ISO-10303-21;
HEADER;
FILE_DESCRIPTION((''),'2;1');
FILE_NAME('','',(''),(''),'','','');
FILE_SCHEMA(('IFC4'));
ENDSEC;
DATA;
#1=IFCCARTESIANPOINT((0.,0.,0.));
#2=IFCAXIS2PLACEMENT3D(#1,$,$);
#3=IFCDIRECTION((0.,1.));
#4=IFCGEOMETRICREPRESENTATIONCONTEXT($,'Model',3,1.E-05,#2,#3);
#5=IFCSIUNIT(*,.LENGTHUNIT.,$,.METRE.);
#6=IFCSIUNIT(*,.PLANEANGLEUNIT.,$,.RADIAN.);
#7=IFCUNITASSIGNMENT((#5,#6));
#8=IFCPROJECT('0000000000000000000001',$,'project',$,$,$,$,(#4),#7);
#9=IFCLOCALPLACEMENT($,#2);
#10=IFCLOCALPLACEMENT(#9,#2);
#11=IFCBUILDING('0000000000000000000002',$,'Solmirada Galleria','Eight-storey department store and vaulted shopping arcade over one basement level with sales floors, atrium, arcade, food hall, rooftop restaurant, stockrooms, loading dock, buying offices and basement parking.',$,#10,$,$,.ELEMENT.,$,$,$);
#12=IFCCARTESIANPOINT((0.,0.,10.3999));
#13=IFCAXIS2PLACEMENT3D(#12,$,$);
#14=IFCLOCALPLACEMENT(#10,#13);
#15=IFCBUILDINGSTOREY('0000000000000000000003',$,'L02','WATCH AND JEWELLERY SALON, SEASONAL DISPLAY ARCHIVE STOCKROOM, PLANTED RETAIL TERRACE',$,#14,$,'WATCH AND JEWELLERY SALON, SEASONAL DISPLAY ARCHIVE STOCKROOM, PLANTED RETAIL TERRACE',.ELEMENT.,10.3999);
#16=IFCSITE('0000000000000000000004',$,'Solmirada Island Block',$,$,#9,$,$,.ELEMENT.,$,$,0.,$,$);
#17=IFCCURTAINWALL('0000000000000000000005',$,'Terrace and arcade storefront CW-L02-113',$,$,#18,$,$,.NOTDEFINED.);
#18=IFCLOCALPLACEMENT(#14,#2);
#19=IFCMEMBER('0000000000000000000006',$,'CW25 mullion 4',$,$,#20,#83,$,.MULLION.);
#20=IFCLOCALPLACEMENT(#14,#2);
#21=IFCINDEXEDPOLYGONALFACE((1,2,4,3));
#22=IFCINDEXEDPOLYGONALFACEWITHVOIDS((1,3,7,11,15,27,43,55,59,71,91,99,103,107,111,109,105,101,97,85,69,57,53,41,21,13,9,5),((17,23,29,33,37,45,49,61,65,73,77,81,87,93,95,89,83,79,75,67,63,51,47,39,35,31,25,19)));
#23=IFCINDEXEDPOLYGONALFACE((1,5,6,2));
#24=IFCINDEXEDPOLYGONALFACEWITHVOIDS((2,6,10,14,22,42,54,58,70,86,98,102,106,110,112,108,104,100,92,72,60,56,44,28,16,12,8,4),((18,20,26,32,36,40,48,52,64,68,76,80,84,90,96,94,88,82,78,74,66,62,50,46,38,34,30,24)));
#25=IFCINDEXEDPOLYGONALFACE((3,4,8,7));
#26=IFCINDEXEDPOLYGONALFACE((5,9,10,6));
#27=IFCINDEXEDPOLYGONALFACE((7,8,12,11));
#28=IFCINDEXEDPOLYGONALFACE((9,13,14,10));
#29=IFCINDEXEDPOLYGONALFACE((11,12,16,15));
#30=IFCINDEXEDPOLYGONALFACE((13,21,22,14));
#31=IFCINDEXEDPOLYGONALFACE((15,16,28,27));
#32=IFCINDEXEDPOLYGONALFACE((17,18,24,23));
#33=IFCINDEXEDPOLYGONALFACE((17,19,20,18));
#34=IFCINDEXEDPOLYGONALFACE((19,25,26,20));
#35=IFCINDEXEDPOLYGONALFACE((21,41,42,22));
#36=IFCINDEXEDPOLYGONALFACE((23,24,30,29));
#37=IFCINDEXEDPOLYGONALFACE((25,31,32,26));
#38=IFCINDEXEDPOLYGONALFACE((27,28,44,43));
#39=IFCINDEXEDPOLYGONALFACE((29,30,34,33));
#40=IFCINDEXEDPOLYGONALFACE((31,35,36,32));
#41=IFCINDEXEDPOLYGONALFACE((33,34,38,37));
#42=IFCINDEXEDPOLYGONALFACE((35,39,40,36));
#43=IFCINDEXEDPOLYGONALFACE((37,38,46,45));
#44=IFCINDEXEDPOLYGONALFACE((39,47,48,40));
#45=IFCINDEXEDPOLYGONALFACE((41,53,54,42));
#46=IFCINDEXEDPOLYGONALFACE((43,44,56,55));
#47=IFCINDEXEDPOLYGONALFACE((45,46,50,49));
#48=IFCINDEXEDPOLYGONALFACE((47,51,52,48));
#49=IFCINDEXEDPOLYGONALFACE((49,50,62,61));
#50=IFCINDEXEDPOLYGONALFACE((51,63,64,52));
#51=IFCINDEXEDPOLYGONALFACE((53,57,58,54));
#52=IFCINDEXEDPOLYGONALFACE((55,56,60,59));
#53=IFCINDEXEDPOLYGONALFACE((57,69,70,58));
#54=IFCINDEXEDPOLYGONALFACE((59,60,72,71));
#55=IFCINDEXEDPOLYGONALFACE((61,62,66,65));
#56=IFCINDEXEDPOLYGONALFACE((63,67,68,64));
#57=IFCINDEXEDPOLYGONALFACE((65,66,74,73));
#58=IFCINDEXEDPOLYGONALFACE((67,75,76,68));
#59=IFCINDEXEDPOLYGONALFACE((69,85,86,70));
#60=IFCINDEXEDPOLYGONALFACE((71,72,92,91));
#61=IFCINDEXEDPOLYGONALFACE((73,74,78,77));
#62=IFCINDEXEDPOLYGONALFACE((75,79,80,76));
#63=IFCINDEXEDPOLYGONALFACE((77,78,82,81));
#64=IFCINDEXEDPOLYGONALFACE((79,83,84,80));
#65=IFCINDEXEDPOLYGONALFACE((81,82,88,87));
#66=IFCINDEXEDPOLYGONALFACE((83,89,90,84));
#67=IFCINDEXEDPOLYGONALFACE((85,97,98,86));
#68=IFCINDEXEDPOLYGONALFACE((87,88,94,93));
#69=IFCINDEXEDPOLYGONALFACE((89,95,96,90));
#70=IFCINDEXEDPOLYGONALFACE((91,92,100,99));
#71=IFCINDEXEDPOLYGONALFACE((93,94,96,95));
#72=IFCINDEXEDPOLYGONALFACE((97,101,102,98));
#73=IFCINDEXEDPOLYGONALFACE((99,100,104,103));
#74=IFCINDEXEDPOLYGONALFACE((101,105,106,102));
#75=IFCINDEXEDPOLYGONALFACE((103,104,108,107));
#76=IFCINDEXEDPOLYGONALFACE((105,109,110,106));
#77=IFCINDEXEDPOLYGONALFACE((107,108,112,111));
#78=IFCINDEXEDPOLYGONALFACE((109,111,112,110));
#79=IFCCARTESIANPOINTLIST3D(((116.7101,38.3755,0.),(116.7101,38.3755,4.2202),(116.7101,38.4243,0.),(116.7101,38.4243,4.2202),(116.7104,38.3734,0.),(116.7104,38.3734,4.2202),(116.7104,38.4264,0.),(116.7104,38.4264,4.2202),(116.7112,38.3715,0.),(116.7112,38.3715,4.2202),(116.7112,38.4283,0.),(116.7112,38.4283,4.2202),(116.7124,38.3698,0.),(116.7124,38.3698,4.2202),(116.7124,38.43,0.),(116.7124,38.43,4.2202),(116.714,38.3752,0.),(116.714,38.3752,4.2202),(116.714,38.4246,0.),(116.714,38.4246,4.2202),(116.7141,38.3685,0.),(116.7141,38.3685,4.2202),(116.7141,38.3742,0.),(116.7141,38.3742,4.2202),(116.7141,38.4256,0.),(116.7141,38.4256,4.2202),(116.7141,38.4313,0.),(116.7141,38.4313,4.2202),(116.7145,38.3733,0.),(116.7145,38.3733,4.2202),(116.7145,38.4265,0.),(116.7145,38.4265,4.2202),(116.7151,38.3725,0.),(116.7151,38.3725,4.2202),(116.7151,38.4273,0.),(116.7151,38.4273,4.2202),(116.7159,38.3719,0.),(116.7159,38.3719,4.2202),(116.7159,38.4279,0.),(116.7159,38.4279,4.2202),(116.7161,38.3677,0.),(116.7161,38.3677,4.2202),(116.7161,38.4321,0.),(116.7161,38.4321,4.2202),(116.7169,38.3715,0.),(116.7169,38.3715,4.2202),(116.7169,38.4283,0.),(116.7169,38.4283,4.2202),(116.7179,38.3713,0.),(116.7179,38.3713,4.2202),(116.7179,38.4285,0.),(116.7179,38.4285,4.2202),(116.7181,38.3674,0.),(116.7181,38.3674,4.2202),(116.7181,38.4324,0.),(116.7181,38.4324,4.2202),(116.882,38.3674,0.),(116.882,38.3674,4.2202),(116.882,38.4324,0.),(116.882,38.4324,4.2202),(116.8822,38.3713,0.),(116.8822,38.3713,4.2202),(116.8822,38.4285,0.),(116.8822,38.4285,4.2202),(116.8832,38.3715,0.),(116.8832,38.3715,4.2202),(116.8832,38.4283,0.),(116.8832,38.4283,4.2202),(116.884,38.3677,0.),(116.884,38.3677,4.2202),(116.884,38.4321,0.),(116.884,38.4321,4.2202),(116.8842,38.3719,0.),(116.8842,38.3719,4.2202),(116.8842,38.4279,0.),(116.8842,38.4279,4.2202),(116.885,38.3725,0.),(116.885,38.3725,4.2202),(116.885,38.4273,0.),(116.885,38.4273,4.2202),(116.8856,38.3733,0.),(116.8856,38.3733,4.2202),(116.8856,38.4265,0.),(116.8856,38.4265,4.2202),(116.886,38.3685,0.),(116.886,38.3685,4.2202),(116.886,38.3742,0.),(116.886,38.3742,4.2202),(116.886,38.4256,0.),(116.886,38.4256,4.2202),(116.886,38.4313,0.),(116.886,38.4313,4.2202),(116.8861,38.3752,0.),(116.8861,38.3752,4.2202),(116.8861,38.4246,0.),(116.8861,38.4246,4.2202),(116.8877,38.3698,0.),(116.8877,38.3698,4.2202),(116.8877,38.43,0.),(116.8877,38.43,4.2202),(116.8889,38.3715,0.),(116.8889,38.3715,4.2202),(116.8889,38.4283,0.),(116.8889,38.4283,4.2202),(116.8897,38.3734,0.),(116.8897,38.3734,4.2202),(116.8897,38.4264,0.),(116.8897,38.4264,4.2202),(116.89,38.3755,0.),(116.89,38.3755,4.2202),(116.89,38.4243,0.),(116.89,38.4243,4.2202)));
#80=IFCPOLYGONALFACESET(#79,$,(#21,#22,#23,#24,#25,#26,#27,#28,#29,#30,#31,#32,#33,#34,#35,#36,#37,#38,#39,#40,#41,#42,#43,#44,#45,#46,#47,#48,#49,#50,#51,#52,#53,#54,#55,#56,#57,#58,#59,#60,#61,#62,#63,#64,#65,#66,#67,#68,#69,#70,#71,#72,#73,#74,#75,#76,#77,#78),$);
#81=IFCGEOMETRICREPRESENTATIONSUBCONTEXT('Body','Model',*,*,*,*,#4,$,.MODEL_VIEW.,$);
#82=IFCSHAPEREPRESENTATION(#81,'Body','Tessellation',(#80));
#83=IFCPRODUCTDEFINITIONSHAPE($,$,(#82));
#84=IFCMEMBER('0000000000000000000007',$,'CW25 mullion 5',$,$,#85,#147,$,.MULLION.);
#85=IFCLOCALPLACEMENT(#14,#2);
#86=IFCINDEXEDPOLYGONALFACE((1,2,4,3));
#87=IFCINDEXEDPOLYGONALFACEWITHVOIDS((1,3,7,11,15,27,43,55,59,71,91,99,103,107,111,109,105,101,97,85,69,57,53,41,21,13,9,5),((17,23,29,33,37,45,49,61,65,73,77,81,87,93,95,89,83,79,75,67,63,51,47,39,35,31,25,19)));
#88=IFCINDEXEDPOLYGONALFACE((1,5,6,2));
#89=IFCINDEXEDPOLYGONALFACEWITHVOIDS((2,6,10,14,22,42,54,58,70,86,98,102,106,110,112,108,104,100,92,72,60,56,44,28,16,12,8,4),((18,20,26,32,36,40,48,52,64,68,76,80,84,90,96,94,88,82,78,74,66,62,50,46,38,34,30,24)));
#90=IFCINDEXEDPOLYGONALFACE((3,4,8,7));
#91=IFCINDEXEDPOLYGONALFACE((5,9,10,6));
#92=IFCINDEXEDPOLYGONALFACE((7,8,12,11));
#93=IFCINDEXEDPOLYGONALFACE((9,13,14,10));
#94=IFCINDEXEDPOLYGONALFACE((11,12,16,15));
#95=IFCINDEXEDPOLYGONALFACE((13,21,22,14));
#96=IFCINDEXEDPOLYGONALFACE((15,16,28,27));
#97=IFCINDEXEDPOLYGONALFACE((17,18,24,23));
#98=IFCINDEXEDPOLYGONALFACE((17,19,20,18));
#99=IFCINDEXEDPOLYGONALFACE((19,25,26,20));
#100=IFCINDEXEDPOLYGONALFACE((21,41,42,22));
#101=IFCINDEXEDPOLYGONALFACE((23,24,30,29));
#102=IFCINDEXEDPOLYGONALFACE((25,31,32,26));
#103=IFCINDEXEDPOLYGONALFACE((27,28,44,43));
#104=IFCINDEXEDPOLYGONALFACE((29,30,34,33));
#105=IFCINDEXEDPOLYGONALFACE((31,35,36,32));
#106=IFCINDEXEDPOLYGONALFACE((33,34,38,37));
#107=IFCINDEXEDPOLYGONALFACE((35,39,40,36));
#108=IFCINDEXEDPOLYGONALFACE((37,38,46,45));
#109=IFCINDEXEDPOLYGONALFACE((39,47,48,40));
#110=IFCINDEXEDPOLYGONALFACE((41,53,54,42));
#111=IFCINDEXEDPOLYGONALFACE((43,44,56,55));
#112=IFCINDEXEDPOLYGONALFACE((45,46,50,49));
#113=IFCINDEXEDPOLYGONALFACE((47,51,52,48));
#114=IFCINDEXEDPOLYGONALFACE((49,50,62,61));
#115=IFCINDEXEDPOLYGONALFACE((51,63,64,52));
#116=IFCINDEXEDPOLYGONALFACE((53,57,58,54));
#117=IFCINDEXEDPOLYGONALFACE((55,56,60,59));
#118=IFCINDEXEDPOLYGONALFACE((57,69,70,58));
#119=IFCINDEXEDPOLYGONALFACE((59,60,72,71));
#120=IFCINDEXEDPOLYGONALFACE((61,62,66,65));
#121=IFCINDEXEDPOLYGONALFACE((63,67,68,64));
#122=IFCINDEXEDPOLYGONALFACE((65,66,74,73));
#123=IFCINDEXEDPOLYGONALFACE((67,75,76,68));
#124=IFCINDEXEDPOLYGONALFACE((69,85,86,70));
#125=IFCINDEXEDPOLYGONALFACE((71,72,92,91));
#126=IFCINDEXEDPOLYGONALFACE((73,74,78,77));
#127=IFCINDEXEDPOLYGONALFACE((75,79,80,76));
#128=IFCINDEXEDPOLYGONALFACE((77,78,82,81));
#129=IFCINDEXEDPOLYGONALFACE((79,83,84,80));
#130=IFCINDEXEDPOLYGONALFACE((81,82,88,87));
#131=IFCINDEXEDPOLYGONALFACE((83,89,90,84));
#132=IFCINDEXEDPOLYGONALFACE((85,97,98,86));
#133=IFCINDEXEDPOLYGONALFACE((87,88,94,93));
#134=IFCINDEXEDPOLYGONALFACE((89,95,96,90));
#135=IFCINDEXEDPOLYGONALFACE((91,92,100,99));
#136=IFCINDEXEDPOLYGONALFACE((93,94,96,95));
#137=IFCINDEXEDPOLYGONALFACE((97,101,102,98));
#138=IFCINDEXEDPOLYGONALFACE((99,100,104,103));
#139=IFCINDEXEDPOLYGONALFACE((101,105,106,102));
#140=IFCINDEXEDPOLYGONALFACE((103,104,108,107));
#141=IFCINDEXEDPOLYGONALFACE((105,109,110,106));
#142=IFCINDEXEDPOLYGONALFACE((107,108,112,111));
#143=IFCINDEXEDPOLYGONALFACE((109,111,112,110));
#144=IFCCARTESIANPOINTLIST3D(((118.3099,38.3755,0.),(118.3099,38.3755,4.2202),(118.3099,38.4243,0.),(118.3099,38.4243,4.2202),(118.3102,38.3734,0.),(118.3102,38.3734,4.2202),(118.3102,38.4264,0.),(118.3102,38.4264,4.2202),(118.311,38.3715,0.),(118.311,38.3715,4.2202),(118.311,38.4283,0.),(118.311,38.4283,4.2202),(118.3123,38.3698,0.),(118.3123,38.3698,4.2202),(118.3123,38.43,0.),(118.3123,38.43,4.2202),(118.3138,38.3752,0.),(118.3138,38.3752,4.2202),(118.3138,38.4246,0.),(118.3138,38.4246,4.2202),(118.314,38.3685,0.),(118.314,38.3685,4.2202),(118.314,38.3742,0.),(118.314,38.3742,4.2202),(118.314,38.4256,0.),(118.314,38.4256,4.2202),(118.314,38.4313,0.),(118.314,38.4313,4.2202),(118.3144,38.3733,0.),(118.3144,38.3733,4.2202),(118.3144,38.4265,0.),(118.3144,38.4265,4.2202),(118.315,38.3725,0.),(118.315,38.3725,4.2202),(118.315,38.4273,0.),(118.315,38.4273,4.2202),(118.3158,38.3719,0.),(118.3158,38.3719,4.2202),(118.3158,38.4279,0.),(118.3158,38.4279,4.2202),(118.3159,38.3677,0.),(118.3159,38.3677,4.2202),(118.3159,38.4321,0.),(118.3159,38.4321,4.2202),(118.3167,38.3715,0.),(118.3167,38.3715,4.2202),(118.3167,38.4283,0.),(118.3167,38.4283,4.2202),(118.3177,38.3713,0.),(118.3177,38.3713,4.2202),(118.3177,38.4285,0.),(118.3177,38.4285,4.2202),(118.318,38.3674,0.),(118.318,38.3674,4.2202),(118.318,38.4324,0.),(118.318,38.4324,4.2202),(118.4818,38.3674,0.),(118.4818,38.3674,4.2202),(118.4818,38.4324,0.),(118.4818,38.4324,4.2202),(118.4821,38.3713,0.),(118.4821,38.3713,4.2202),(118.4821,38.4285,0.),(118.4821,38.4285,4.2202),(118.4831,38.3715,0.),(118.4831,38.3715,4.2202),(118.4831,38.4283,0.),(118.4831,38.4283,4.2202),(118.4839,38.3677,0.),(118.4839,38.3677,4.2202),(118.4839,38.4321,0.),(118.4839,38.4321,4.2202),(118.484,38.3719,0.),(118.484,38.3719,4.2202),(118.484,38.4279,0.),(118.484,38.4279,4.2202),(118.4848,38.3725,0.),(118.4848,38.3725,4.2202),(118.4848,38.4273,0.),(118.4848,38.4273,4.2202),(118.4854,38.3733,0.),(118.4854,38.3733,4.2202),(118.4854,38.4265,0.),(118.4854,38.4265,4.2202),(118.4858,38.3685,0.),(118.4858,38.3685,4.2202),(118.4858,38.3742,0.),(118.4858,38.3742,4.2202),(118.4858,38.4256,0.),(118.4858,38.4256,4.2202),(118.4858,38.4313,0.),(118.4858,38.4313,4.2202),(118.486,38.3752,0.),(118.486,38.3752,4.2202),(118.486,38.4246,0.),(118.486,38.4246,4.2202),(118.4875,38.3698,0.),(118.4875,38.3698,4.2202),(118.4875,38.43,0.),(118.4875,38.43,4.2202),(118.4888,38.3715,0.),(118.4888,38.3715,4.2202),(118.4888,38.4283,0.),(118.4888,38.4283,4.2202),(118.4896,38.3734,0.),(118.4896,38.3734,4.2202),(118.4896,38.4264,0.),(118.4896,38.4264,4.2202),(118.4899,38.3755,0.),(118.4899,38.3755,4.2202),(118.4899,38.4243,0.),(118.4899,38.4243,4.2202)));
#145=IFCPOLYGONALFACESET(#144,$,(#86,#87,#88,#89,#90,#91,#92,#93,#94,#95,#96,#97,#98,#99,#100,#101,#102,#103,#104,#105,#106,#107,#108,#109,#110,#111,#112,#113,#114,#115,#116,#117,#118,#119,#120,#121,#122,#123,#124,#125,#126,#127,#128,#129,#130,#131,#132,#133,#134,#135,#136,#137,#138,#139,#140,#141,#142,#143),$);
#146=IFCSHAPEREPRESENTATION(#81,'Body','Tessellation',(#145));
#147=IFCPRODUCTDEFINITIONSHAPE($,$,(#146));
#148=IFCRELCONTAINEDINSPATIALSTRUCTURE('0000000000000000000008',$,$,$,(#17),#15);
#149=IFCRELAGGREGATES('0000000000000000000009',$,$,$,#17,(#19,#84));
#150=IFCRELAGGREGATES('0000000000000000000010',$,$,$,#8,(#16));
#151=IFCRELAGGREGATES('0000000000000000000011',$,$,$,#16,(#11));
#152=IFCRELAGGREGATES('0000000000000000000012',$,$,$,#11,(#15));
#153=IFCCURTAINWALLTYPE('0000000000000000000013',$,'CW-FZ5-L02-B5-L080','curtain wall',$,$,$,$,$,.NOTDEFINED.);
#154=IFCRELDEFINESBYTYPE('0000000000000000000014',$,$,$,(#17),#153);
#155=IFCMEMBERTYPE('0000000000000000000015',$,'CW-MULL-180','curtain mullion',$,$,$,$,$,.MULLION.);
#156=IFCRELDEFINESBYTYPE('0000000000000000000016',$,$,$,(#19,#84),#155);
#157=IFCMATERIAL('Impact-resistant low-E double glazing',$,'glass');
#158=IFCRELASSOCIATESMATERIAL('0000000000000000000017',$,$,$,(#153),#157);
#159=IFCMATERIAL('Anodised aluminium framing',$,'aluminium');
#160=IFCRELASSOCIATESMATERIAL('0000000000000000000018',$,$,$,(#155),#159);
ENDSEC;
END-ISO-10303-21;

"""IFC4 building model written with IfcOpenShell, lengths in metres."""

from ifc_helpers import new_model, si_unit, direction, frame, origin, origin_2d, place, context, subcontext, project, spatial, hollow_rectangle, extrude, material, material_profile, profile_set, type_object, element, aggregate, save


model = new_model("IFC4")

# Units and contexts
model_context = context("Model", 3, precision=1e-05, world=origin(), true_north=direction((0.0, 1.0)))
body_context = subcontext(model_context, "Body", "Model", "MODEL_VIEW")
ifc_project = project(units=[si_unit("LENGTHUNIT", "METRE"), si_unit("PLANEANGLEUNIT", "RADIAN")], contexts=[model_context])

# Site, building, storey
site_placement = place(None, origin())
site = spatial("IfcSite", under=ifc_project, at=site_placement, Name="Solmirada Island Block", CompositionType="ELEMENT", RefElevation=0.0)
building_placement = place(site_placement, origin())
building = spatial("IfcBuilding", under=site, at=building_placement, Name="Solmirada Galleria", Description="Eight-storey department store and vaulted shopping arcade over one basement level with sales floors, atrium, arcade, food hall, rooftop restaurant, stockrooms, loading dock, buying offices and basement parking.", CompositionType="ELEMENT")
storey_placement = place(building_placement, frame((0.0, 0.0, 10.3999)))
storey = spatial("IfcBuildingStorey", under=building, at=storey_placement, Name="L02", Description="WATCH AND JEWELLERY SALON, SEASONAL DISPLAY ARCHIVE STOCKROOM, PLANTED RETAIL TERRACE", LongName="WATCH AND JEWELLERY SALON, SEASONAL DISPLAY ARCHIVE STOCKROOM, PLANTED RETAIL TERRACE", CompositionType="ELEMENT", Elevation=10.3999)

# Curtain wall, members
ifc_material_1 = material(Name="Impact-resistant low-E double glazing", Category="glass")
curtain_wall_type = type_object("IfcCurtainWallType", Name="CW-FZ5-L02-B5-L080", Description="curtain wall", PredefinedType="NOTDEFINED", material=ifc_material_1)
curtain_wall_placement = place(storey_placement, origin())
curtain_wall = element("IfcCurtainWall", 1, at=curtain_wall_placement, inside=storey, type_object=curtain_wall_type, Name="Terrace and arcade storefront CW-L02-113", PredefinedType="NOTDEFINED")
ifc_material_2 = material(Name="Anodised aluminium framing", Category="aluminium")
ifc_material_profile_1 = material_profile(ifc_material_2, hollow_rectangle(XDim=0.0649, YDim=0.1799, WallThickness=0.0039, InnerFilletRadius=0.0039, OuterFilletRadius=0.0081, at=origin_2d()), Name="ALU-MULL-180X65")
ifc_profile_set_1 = profile_set([ifc_material_profile_1], Name="Anodised aluminium framing")
member_type_1 = type_object("IfcMemberType", Name="CW-MULL-180", Description="curtain mullion", PredefinedType="MULLION", material=ifc_profile_set_1)
member_1_placement = place(storey_placement, frame((116.8, 38.3999, 0.0), z_axis=(0.0, 0.0, 1.0), x_axis=(0.0, 1.0, 0.0)))
member_1 = element("IfcMember", 2, at=member_1_placement, type_object=member_type_1, Name="CW25 mullion 4", PredefinedType="MULLION", context=body_context, shape_type="SweptSolid", body=[
    extrude(hollow_rectangle(XDim=0.0649, YDim=0.1799, WallThickness=0.0039, InnerFilletRadius=0.0039, OuterFilletRadius=0.0081, at=origin_2d()), origin(), (0.0, 0.0, 1.0), 4.2202),
])
member_2_placement = place(storey_placement, frame((118.3999, 38.3999, 0.0), z_axis=(0.0, 0.0, 1.0), x_axis=(0.0, 1.0, 0.0)))
member_2 = element("IfcMember", 3, at=member_2_placement, type_object=member_type_1, Name="CW25 mullion 5", PredefinedType="MULLION", context=body_context, shape_type="SweptSolid", body=[
    extrude(hollow_rectangle(XDim=0.0649, YDim=0.1799, WallThickness=0.0039, InnerFilletRadius=0.0039, OuterFilletRadius=0.0081, at=origin_2d()), origin(), (0.0, 0.0, 1.0), 4.2202),
])
aggregate(curtain_wall, [member_1, member_2])

save(model, "model.ifc")
